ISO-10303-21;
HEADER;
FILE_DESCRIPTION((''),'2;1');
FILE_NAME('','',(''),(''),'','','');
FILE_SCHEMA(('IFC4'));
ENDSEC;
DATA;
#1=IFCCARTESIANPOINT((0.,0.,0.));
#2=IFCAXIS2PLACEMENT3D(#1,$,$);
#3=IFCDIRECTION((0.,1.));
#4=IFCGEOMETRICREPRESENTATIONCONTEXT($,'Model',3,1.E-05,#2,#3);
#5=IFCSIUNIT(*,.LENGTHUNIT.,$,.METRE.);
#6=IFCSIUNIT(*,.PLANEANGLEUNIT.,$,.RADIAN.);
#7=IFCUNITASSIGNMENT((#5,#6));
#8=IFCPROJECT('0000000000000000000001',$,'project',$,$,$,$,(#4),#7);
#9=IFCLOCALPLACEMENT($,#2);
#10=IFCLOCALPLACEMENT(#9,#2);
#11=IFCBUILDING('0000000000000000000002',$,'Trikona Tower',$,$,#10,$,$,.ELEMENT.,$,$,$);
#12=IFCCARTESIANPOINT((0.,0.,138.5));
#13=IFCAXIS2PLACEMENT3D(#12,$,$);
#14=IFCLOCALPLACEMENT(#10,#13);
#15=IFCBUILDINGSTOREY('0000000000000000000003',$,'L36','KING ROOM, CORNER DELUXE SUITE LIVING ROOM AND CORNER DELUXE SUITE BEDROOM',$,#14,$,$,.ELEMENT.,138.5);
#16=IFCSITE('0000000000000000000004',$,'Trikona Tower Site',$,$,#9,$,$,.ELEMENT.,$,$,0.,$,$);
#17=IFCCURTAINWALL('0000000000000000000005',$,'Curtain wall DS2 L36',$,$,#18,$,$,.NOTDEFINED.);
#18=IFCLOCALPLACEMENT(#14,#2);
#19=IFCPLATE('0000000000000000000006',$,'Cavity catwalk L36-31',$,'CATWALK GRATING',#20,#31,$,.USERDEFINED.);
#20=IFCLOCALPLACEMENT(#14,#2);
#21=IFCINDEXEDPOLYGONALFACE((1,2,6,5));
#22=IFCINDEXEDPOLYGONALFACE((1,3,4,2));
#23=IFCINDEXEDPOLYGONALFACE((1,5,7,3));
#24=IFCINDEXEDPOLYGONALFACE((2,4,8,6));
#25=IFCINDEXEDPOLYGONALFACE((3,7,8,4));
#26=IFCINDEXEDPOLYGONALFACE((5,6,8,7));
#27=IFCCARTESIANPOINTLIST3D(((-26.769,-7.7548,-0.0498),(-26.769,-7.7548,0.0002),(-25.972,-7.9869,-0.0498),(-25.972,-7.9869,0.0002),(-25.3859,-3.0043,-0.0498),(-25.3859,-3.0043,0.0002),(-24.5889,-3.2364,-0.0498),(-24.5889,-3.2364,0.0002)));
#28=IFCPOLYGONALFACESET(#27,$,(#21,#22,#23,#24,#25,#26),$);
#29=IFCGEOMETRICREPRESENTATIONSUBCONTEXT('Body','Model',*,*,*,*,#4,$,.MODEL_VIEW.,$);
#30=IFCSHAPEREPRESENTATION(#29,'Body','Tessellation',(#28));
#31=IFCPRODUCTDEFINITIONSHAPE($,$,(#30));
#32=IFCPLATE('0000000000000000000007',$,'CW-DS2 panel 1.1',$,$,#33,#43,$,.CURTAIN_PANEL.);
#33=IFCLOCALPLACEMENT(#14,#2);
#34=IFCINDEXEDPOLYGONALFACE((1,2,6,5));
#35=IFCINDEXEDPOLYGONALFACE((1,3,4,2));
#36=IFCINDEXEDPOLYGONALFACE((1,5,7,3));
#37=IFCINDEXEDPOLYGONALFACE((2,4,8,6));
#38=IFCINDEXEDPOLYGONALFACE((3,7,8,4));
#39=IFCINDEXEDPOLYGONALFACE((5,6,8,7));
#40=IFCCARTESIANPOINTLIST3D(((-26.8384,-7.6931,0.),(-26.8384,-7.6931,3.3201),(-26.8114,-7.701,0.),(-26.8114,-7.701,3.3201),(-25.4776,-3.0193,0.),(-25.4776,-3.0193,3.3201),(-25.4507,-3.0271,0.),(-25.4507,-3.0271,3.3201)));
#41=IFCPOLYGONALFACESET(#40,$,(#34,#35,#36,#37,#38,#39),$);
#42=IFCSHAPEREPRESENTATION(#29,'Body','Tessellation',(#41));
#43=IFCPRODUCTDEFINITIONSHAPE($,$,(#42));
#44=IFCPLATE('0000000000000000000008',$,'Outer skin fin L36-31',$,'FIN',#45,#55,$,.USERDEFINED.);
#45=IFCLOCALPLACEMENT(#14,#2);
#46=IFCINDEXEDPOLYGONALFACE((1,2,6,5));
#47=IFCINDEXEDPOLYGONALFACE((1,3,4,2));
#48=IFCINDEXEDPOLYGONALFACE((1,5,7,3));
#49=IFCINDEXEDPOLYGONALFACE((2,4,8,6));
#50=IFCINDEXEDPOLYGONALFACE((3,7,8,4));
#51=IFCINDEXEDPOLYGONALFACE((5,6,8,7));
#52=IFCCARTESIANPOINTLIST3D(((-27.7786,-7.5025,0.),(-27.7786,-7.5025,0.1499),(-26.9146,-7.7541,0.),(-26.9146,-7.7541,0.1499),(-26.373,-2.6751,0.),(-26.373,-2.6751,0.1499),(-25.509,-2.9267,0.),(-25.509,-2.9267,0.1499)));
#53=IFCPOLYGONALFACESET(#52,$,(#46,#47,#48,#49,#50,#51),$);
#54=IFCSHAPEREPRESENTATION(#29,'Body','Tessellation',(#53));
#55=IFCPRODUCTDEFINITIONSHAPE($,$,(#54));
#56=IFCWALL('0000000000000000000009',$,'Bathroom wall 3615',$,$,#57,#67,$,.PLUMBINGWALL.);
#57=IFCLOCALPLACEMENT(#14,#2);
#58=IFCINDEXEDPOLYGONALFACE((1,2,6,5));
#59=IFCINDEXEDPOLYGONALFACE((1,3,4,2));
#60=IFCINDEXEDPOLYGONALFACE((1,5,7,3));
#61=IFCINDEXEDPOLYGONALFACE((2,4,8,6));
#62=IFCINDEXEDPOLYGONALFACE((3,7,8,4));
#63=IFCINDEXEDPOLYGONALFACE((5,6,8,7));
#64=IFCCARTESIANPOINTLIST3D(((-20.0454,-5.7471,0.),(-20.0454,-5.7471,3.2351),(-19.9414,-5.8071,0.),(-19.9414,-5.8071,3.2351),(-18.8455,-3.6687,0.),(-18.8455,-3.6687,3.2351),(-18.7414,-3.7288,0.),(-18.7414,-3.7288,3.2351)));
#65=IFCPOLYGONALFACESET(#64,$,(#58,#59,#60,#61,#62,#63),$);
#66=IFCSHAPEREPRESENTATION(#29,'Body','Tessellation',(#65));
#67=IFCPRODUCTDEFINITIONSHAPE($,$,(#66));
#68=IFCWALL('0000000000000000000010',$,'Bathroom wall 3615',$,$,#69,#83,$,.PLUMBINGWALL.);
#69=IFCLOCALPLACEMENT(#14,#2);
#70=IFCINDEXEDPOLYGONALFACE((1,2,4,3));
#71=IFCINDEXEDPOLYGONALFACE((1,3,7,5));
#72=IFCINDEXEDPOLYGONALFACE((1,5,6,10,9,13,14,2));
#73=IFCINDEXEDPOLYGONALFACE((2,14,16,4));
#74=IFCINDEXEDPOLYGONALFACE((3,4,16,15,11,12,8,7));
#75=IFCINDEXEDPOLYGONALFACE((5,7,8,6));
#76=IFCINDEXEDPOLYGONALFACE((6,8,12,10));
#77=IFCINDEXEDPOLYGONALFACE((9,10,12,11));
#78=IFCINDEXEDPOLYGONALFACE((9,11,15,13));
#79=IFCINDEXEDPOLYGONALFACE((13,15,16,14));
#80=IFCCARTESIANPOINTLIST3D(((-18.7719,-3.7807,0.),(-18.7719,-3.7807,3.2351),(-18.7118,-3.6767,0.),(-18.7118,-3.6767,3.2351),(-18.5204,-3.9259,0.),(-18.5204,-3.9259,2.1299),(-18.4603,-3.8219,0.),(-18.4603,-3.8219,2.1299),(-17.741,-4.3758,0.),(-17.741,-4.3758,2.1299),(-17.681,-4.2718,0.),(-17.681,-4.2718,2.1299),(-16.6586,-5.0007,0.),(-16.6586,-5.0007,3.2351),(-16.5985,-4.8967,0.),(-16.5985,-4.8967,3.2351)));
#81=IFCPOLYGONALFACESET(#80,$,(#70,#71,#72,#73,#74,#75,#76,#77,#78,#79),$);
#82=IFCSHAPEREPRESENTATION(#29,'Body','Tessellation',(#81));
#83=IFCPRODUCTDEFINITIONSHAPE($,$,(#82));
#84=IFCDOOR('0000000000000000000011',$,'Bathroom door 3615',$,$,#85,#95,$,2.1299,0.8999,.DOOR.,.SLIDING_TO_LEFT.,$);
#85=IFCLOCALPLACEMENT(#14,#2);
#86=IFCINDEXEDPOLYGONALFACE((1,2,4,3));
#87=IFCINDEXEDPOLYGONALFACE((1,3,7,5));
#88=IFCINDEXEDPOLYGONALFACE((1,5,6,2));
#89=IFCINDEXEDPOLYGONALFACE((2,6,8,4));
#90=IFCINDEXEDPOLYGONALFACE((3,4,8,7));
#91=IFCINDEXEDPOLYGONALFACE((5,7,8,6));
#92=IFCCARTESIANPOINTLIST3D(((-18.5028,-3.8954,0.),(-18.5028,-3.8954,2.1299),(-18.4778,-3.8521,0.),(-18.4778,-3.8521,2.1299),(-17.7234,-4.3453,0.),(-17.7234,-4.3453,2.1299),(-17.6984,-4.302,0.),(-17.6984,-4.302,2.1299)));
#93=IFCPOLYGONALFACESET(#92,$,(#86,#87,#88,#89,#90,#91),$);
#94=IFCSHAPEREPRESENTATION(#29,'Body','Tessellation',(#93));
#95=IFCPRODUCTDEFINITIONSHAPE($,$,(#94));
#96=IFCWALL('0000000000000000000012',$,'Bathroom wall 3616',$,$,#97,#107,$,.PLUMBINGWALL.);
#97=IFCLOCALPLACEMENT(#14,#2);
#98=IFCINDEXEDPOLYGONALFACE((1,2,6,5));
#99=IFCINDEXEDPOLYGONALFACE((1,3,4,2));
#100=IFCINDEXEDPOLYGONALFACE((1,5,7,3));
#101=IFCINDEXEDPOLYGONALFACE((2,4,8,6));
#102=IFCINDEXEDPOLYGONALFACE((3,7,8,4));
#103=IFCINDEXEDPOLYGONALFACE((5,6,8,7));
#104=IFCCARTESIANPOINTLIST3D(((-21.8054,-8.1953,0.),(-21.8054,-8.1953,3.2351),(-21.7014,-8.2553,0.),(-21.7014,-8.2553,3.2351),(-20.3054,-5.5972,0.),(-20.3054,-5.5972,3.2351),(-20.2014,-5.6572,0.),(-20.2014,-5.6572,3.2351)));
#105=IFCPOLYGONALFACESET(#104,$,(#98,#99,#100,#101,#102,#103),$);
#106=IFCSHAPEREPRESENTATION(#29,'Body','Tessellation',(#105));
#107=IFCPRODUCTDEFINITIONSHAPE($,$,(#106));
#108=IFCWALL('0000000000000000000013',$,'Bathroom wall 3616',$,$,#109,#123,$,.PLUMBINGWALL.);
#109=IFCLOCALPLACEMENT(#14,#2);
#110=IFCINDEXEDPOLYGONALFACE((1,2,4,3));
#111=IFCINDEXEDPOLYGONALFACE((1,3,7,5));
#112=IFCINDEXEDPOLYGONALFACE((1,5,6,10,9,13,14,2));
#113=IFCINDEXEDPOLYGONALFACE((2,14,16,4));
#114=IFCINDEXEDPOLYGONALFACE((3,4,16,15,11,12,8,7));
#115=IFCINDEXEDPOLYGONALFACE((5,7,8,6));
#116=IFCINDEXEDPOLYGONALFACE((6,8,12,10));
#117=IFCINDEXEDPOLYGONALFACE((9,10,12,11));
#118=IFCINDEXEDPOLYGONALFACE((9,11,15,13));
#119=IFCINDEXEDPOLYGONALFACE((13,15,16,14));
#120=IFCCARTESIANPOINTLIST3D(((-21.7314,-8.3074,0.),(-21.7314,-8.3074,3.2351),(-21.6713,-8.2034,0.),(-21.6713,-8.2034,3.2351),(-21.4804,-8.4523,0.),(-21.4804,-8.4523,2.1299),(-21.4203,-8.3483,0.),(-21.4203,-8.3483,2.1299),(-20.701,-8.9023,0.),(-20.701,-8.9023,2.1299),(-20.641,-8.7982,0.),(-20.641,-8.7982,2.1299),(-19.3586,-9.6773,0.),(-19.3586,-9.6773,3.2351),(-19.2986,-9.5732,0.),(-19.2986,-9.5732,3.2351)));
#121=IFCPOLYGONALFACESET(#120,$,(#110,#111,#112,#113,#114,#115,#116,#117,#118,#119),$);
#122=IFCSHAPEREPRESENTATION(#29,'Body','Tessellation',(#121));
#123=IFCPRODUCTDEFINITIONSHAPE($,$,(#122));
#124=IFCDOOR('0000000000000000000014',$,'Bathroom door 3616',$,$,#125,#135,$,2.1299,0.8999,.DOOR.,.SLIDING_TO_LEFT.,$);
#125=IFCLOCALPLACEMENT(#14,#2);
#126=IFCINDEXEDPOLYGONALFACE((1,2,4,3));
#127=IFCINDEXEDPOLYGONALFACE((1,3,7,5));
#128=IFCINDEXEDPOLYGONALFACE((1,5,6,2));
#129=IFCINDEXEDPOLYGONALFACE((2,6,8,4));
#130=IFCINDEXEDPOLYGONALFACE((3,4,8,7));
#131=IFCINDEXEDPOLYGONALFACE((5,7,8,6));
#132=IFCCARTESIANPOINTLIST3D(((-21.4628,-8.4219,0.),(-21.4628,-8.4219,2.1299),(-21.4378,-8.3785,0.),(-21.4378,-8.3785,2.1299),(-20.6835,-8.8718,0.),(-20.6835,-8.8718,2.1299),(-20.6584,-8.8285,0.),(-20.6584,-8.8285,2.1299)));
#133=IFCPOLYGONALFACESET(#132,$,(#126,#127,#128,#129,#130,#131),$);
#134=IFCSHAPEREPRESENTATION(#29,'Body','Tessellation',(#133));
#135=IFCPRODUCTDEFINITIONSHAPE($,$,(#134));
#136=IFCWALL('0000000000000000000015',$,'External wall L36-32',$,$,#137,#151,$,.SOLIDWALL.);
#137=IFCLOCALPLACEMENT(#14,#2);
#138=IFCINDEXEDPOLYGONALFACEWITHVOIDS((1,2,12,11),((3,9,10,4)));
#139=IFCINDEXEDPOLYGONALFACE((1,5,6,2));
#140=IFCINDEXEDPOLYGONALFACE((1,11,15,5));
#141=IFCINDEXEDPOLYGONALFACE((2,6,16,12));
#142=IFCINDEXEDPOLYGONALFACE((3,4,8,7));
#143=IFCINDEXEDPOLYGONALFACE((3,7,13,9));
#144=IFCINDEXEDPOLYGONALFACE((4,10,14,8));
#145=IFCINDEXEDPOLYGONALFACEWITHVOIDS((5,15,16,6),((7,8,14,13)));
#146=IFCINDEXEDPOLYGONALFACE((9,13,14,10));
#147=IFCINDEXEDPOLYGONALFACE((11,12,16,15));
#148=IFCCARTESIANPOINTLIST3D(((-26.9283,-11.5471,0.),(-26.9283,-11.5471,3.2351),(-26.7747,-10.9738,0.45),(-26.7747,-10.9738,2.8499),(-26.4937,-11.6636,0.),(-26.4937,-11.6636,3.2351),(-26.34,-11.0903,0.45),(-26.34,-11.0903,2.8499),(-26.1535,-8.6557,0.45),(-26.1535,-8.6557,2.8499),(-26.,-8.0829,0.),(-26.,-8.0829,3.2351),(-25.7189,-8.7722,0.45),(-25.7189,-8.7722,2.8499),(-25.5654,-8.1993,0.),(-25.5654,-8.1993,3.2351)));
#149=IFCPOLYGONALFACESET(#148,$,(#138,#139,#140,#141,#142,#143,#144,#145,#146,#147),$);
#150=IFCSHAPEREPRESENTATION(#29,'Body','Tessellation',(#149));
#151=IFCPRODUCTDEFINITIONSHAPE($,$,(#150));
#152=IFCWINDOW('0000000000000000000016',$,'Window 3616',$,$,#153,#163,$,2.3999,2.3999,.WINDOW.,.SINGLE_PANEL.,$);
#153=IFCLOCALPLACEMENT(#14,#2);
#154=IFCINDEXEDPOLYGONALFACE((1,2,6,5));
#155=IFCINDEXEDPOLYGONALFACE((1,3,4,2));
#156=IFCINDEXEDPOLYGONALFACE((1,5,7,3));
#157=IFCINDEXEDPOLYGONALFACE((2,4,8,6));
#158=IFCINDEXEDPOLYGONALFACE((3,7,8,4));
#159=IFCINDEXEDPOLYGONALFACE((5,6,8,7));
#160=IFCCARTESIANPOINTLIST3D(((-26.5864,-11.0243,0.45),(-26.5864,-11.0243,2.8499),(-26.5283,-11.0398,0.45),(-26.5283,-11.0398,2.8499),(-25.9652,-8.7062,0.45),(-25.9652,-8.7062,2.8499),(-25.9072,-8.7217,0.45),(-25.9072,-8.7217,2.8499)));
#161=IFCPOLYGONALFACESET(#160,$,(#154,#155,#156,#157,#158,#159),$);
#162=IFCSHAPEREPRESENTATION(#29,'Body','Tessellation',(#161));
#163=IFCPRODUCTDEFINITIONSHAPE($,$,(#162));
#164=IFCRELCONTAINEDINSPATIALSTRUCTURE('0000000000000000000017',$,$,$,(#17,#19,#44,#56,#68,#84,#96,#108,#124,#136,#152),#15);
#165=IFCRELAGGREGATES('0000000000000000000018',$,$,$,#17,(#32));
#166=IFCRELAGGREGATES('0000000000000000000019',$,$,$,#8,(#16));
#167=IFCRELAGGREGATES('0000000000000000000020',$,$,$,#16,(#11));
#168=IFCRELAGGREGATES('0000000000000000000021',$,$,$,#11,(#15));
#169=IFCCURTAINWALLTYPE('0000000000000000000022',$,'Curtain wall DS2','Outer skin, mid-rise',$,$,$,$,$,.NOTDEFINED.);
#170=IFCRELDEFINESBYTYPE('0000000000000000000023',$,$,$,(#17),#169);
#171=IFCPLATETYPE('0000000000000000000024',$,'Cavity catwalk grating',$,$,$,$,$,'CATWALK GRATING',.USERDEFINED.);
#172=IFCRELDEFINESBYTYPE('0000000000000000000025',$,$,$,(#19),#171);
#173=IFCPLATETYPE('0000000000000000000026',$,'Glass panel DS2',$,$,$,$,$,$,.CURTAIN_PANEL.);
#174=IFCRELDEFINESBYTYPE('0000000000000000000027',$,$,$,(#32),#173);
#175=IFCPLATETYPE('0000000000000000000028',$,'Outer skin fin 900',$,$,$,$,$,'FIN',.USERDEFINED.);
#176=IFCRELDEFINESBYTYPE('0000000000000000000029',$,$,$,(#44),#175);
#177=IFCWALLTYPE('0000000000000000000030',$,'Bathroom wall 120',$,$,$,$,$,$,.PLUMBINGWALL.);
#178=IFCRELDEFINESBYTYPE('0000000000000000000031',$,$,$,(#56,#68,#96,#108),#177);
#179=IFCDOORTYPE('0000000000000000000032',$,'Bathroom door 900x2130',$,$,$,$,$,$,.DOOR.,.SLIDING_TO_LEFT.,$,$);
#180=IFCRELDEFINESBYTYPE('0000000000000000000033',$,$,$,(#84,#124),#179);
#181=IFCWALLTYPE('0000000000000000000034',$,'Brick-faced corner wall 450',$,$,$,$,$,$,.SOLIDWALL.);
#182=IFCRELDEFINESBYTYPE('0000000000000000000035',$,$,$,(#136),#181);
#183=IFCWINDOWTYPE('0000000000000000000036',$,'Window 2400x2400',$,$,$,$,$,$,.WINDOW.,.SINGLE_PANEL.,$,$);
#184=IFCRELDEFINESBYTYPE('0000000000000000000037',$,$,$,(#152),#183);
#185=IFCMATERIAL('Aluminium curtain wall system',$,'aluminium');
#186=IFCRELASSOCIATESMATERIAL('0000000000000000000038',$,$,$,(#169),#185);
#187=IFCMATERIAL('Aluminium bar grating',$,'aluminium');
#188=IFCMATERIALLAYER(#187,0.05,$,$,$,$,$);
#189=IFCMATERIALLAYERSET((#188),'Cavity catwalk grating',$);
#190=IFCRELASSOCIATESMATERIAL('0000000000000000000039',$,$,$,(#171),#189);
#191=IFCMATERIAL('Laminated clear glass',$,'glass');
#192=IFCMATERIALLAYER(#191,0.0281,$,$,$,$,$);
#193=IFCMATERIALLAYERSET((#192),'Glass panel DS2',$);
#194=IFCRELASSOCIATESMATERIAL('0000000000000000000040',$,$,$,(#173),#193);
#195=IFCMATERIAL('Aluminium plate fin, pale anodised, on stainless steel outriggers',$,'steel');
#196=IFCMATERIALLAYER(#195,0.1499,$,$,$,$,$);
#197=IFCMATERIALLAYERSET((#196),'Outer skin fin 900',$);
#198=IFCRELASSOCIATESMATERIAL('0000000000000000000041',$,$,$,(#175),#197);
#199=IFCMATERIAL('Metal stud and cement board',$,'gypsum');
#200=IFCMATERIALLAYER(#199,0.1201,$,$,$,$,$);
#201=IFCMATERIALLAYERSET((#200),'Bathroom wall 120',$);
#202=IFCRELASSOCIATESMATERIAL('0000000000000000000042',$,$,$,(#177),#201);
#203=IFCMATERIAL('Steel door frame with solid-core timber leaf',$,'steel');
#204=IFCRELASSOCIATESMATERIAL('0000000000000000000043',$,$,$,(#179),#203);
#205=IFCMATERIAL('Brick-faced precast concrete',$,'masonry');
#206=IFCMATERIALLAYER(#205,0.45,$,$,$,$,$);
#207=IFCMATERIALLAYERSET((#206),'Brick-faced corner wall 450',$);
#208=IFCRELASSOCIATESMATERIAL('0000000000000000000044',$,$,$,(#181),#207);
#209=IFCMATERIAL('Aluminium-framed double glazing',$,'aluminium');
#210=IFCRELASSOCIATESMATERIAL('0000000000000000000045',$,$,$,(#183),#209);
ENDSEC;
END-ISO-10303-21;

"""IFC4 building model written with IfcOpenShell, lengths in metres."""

from ifc_helpers import new_model, si_unit, direction, frame, frame_2d, origin, origin_2d, place, context, subcontext, project, spatial, rectangle, extrude, material, layer, layer_set, type_object, element, fill, aggregate, save


model = new_model("IFC4")

# Units and contexts
model_context = context("Model", 3, precision=1e-05, world=origin(), true_north=direction((0.0, 1.0)))
body_context = subcontext(model_context, "Body", "Model", "MODEL_VIEW")
ifc_project = project(units=[si_unit("LENGTHUNIT", "METRE"), si_unit("PLANEANGLEUNIT", "RADIAN")], contexts=[model_context])

# Site, building, storey
site_placement = place(None, origin())
site = spatial("IfcSite", under=ifc_project, at=site_placement, Name="Trikona Tower Site", CompositionType="ELEMENT", RefElevation=0.0)
building_placement = place(site_placement, origin())
building = spatial("IfcBuilding", under=site, at=building_placement, Name="Trikona Tower", CompositionType="ELEMENT")
storey_placement = place(building_placement, frame((0.0, 0.0, 138.5)))
storey = spatial("IfcBuildingStorey", under=building, at=storey_placement, Name="L36", Description="KING ROOM, CORNER DELUXE SUITE LIVING ROOM AND CORNER DELUXE SUITE BEDROOM", CompositionType="ELEMENT", Elevation=138.5)

# Shared definitions
ifc_material_1 = material(Name="Aluminium curtain wall system", Category="aluminium")
curtain_wall_type = type_object("IfcCurtainWallType", Name="Curtain wall DS2", Description="Outer skin, mid-rise", PredefinedType="NOTDEFINED", material=ifc_material_1)

# Curtain wall
curtain_wall_1_placement = place(storey_placement, origin())
curtain_wall_1 = element("IfcCurtainWall", 1, at=curtain_wall_1_placement, inside=storey, type_object=curtain_wall_type, Name="Curtain wall DS2 L36", PredefinedType="NOTDEFINED")

# Plate
ifc_material_2 = material(Name="Aluminium bar grating", Category="aluminium")
ifc_layer_1 = layer(ifc_material_2, 0.05)
ifc_layer_set_1 = layer_set([ifc_layer_1], Name="Cavity catwalk grating")
plate_type_1 = type_object("IfcPlateType", Name="Cavity catwalk grating", ElementType="CATWALK GRATING", PredefinedType="USERDEFINED", material=ifc_layer_set_1)
plate_1_placement = place(storey_placement, frame((-25.679, -5.4956, -0.0498), z_axis=(0.0, 0.0, 1.0), x_axis=(-0.279554, -0.96013, 0.0)))
element("IfcPlate", 2, at=plate_1_placement, inside=storey, type_object=plate_type_1, Name="Cavity catwalk L36-31", ObjectType="CATWALK GRATING", PredefinedType="USERDEFINED", context=body_context, shape_type="SweptSolid", body=[
    extrude(rectangle(XDim=4.9478, YDim=0.8301, at=origin_2d()), origin(), (0.0, 0.0, 1.0), 0.05),
])

# Plates
ifc_material_3 = material(Name="Laminated clear glass", Category="glass")
ifc_layer_2 = layer(ifc_material_3, 0.0281)
ifc_layer_set_2 = layer_set([ifc_layer_2], Name="Glass panel DS2")
plate_type_2 = type_object("IfcPlateType", Name="Glass panel DS2", PredefinedType="CURTAIN_PANEL", material=ifc_layer_set_2)
plate_2_placement = place(storey_placement, frame((-26.1445, -5.3601, 0.0), z_axis=(0.0, 0.0, 1.0), x_axis=(-0.279543, -0.960133, 0.0)))
plate_2 = element("IfcPlate", 3, at=plate_2_placement, type_object=plate_type_2, Name="CW-DS2 panel 1.1", PredefinedType="CURTAIN_PANEL", context=body_context, shape_type="SweptSolid", body=[
    extrude(rectangle(XDim=4.8679, YDim=0.0281, at=origin_2d()), origin(), (0.0, 0.0, 1.0), 3.3201),
])
aggregate(curtain_wall_1, [plate_2])
ifc_material_4 = material(Name="Aluminium plate fin, pale anodised, on stainless steel outriggers", Category="steel")
ifc_layer_3 = layer(ifc_material_4, 0.1499)
ifc_layer_set_3 = layer_set([ifc_layer_3], Name="Outer skin fin 900")
plate_type_3 = type_object("IfcPlateType", Name="Outer skin fin 900", ElementType="FIN", PredefinedType="USERDEFINED", material=ifc_layer_set_3)
plate_3_placement = place(storey_placement, frame((-26.6438, -5.2146, 0.0), z_axis=(0.0, 0.0, 1.0), x_axis=(-0.279554, -0.96013, 0.0)))
element("IfcPlate", 4, at=plate_3_placement, inside=storey, type_object=plate_type_3, Name="Outer skin fin L36-31", ObjectType="FIN", PredefinedType="USERDEFINED", context=body_context, shape_type="SweptSolid", body=[
    extrude(rectangle(XDim=5.0278, YDim=0.8999, at=origin_2d()), origin(), (0.0, 0.0, 1.0), 0.1499),
])

# Wall
ifc_material_5 = material(Name="Metal stud and cement board", Category="gypsum")
ifc_layer_4 = layer(ifc_material_5, 0.1201)
ifc_layer_set_4 = layer_set([ifc_layer_4], Name="Bathroom wall 120")
wall_type_1 = type_object("IfcWallType", Name="Bathroom wall 120", PredefinedType="PLUMBINGWALL", material=ifc_layer_set_4)
wall_1_placement = place(storey_placement, frame((-18.7935, -3.6987, 0.0), z_axis=(0.0, 0.0, 1.0), x_axis=(-0.500001, -0.866025, 0.0)))
element("IfcWall", 5, at=wall_1_placement, inside=storey, type_object=wall_type_1, Name="Bathroom wall 3615", PredefinedType="PLUMBINGWALL", context=body_context, shape_type="SweptSolid", body=[
    extrude(rectangle(XDim=2.3999, YDim=0.1201, at=frame_2d((1.2, 0.0))), origin(), (0.0, 0.0, 1.0), 3.2351),
])

# Wall, opening, door
wall_2_placement = place(storey_placement, frame((-16.6284, -4.9487, 0.0), z_axis=(0.0, 0.0, 1.0), x_axis=(-0.866049, 0.499959, 0.0)))
wall_2 = element("IfcWall", 6, at=wall_2_placement, inside=storey, type_object=wall_type_1, Name="Bathroom wall 3615", PredefinedType="PLUMBINGWALL", context=body_context, shape_type="SweptSolid", body=[
    extrude(rectangle(XDim=2.4402, YDim=0.1201, at=frame_2d((1.2202, 0.0))), origin(), (0.0, 0.0, 1.0), 3.2351),
])
opening_1_placement = place(wall_2_placement, frame((1.25, 0.0, 0.0)))
opening_1 = element("IfcOpeningElement", 7, at=opening_1_placement, cuts=wall_2, PredefinedType="OPENING", context=body_context, shape_type="SweptSolid", body=[
    extrude(rectangle(XDim=0.8999, YDim=2.1299, at=frame_2d((0.45, 1.0649))), frame((0.0, 0.0701, 0.0), z_axis=(0.0, -1.0, 0.0), x_axis=(1.0, 0.0, 0.0)), (0.0, 0.0, 1.0), 0.1401),
])
ifc_material_6 = material(Name="Steel door frame with solid-core timber leaf", Category="steel")
door_type_1 = type_object("IfcDoorType", Name="Bathroom door 900x2130", OperationType="SLIDING_TO_LEFT", PredefinedType="DOOR", material=ifc_material_6)
door_1_placement = place(opening_1_placement, origin())
door_1 = element("IfcDoor", 8, at=door_1_placement, inside=storey, type_object=door_type_1, Name="Bathroom door 3615", OperationType="SLIDING_TO_LEFT", OverallHeight=2.1299, OverallWidth=0.8999, PredefinedType="DOOR", context=body_context, shape_type="SweptSolid", body=[
    extrude(rectangle(XDim=0.8999, YDim=2.1299, at=frame_2d((0.45, 1.0649))), frame((0.0, 0.0249, 0.0), z_axis=(0.0, -1.0, 0.0), x_axis=(1.0, 0.0, 0.0)), (0.0, 0.0, 1.0), 0.05),
])
fill(opening_1, door_1)

# Wall
wall_3_placement = place(storey_placement, frame((-20.2534, -5.6272, 0.0), z_axis=(0.0, 0.0, 1.0), x_axis=(-0.49999, -0.866031, 0.0)))
element("IfcWall", 9, at=wall_3_placement, inside=storey, type_object=wall_type_1, Name="Bathroom wall 3616", PredefinedType="PLUMBINGWALL", context=body_context, shape_type="SweptSolid", body=[
    extrude(rectangle(XDim=3.0, YDim=0.1201, at=frame_2d((1.5, 0.0))), origin(), (0.0, 0.0, 1.0), 3.2351),
])

# Wall, opening, door
wall_4_placement = place(storey_placement, frame((-19.3286, -9.6252, 0.0), z_axis=(0.0, 0.0, 1.0), x_axis=(-0.866036, 0.499982, 0.0)))
wall_4 = element("IfcWall", 10, at=wall_4_placement, inside=storey, type_object=wall_type_1, Name="Bathroom wall 3616", PredefinedType="PLUMBINGWALL", context=body_context, shape_type="SweptSolid", body=[
    extrude(rectangle(XDim=2.7397, YDim=0.1201, at=frame_2d((1.3699, 0.0))), origin(), (0.0, 0.0, 1.0), 3.2351),
])
opening_2_placement = place(wall_4_placement, frame((1.55, 0.0, 0.0)))
opening_2 = element("IfcOpeningElement", 11, at=opening_2_placement, cuts=wall_4, PredefinedType="OPENING", context=body_context, shape_type="SweptSolid", body=[
    extrude(rectangle(XDim=0.8999, YDim=2.1299, at=frame_2d((0.45, 1.0649))), frame((0.0, 0.0701, 0.0), z_axis=(0.0, -1.0, 0.0), x_axis=(1.0, 0.0, 0.0)), (0.0, 0.0, 1.0), 0.1401),
])
door_2_placement = place(opening_2_placement, origin())
door_2 = element("IfcDoor", 12, at=door_2_placement, inside=storey, type_object=door_type_1, Name="Bathroom door 3616", OperationType="SLIDING_TO_LEFT", OverallHeight=2.1299, OverallWidth=0.8999, PredefinedType="DOOR", context=body_context, shape_type="SweptSolid", body=[
    extrude(rectangle(XDim=0.8999, YDim=2.1299, at=frame_2d((0.45, 1.0649))), frame((0.0, 0.0249, 0.0), z_axis=(0.0, -1.0, 0.0), x_axis=(1.0, 0.0, 0.0)), (0.0, 0.0, 1.0), 0.05),
])
fill(opening_2, door_2)

# Wall, opening, window
ifc_material_7 = material(Name="Brick-faced precast concrete", Category="masonry")
ifc_layer_5 = layer(ifc_material_7, 0.45)
ifc_layer_set_5 = layer_set([ifc_layer_5], Name="Brick-faced corner wall 450")
wall_type_2 = type_object("IfcWallType", Name="Brick-faced corner wall 450", PredefinedType="SOLIDWALL", material=ifc_layer_set_5)
wall_5_placement = place(storey_placement, frame((-25.7827, -8.1411, 0.0), z_axis=(0.0, 0.0, 1.0), x_axis=(-0.258823, -0.965925, 0.0)))
wall_5 = element("IfcWall", 13, at=wall_5_placement, inside=storey, type_object=wall_type_2, Name="External wall L36-32", PredefinedType="SOLIDWALL", context=body_context, shape_type="SweptSolid", body=[
    extrude(rectangle(XDim=3.5864, YDim=0.45, at=frame_2d((1.7932, 0.0))), origin(), (0.0, 0.0, 1.0), 3.2351),
])
opening_3_placement = place(wall_5_placement, frame((0.593, 0.0, 0.45)))
opening_3 = element("IfcOpeningElement", 14, at=opening_3_placement, cuts=wall_5, PredefinedType="OPENING", context=body_context, shape_type="SweptSolid", body=[
    extrude(rectangle(XDim=2.3999, YDim=2.3999, at=frame_2d((1.2, 1.2))), frame((0.0, 0.2349, 0.0), z_axis=(0.0, -1.0, 0.0), x_axis=(1.0, 0.0, 0.0)), (0.0, 0.0, 1.0), 0.47),
])
ifc_material_8 = material(Name="Aluminium-framed double glazing", Category="aluminium")
window_type_1 = type_object("IfcWindowType", Name="Window 2400x2400", PartitioningType="SINGLE_PANEL", PredefinedType="WINDOW", material=ifc_material_8)
window_1_placement = place(opening_3_placement, origin())
window_1 = element("IfcWindow", 15, at=window_1_placement, inside=storey, type_object=window_type_1, Name="Window 3616", OverallHeight=2.3999, OverallWidth=2.3999, PartitioningType="SINGLE_PANEL", PredefinedType="WINDOW", context=body_context, shape_type="SweptSolid", body=[
    extrude(rectangle(XDim=2.3999, YDim=2.3999, at=frame_2d((1.2, 1.2))), frame((0.0, 0.03, 0.0), z_axis=(0.0, -1.0, 0.0), x_axis=(1.0, 0.0, 0.0)), (0.0, 0.0, 1.0), 0.0601),
])
fill(opening_3, window_1)

save(model, "model.ifc")
